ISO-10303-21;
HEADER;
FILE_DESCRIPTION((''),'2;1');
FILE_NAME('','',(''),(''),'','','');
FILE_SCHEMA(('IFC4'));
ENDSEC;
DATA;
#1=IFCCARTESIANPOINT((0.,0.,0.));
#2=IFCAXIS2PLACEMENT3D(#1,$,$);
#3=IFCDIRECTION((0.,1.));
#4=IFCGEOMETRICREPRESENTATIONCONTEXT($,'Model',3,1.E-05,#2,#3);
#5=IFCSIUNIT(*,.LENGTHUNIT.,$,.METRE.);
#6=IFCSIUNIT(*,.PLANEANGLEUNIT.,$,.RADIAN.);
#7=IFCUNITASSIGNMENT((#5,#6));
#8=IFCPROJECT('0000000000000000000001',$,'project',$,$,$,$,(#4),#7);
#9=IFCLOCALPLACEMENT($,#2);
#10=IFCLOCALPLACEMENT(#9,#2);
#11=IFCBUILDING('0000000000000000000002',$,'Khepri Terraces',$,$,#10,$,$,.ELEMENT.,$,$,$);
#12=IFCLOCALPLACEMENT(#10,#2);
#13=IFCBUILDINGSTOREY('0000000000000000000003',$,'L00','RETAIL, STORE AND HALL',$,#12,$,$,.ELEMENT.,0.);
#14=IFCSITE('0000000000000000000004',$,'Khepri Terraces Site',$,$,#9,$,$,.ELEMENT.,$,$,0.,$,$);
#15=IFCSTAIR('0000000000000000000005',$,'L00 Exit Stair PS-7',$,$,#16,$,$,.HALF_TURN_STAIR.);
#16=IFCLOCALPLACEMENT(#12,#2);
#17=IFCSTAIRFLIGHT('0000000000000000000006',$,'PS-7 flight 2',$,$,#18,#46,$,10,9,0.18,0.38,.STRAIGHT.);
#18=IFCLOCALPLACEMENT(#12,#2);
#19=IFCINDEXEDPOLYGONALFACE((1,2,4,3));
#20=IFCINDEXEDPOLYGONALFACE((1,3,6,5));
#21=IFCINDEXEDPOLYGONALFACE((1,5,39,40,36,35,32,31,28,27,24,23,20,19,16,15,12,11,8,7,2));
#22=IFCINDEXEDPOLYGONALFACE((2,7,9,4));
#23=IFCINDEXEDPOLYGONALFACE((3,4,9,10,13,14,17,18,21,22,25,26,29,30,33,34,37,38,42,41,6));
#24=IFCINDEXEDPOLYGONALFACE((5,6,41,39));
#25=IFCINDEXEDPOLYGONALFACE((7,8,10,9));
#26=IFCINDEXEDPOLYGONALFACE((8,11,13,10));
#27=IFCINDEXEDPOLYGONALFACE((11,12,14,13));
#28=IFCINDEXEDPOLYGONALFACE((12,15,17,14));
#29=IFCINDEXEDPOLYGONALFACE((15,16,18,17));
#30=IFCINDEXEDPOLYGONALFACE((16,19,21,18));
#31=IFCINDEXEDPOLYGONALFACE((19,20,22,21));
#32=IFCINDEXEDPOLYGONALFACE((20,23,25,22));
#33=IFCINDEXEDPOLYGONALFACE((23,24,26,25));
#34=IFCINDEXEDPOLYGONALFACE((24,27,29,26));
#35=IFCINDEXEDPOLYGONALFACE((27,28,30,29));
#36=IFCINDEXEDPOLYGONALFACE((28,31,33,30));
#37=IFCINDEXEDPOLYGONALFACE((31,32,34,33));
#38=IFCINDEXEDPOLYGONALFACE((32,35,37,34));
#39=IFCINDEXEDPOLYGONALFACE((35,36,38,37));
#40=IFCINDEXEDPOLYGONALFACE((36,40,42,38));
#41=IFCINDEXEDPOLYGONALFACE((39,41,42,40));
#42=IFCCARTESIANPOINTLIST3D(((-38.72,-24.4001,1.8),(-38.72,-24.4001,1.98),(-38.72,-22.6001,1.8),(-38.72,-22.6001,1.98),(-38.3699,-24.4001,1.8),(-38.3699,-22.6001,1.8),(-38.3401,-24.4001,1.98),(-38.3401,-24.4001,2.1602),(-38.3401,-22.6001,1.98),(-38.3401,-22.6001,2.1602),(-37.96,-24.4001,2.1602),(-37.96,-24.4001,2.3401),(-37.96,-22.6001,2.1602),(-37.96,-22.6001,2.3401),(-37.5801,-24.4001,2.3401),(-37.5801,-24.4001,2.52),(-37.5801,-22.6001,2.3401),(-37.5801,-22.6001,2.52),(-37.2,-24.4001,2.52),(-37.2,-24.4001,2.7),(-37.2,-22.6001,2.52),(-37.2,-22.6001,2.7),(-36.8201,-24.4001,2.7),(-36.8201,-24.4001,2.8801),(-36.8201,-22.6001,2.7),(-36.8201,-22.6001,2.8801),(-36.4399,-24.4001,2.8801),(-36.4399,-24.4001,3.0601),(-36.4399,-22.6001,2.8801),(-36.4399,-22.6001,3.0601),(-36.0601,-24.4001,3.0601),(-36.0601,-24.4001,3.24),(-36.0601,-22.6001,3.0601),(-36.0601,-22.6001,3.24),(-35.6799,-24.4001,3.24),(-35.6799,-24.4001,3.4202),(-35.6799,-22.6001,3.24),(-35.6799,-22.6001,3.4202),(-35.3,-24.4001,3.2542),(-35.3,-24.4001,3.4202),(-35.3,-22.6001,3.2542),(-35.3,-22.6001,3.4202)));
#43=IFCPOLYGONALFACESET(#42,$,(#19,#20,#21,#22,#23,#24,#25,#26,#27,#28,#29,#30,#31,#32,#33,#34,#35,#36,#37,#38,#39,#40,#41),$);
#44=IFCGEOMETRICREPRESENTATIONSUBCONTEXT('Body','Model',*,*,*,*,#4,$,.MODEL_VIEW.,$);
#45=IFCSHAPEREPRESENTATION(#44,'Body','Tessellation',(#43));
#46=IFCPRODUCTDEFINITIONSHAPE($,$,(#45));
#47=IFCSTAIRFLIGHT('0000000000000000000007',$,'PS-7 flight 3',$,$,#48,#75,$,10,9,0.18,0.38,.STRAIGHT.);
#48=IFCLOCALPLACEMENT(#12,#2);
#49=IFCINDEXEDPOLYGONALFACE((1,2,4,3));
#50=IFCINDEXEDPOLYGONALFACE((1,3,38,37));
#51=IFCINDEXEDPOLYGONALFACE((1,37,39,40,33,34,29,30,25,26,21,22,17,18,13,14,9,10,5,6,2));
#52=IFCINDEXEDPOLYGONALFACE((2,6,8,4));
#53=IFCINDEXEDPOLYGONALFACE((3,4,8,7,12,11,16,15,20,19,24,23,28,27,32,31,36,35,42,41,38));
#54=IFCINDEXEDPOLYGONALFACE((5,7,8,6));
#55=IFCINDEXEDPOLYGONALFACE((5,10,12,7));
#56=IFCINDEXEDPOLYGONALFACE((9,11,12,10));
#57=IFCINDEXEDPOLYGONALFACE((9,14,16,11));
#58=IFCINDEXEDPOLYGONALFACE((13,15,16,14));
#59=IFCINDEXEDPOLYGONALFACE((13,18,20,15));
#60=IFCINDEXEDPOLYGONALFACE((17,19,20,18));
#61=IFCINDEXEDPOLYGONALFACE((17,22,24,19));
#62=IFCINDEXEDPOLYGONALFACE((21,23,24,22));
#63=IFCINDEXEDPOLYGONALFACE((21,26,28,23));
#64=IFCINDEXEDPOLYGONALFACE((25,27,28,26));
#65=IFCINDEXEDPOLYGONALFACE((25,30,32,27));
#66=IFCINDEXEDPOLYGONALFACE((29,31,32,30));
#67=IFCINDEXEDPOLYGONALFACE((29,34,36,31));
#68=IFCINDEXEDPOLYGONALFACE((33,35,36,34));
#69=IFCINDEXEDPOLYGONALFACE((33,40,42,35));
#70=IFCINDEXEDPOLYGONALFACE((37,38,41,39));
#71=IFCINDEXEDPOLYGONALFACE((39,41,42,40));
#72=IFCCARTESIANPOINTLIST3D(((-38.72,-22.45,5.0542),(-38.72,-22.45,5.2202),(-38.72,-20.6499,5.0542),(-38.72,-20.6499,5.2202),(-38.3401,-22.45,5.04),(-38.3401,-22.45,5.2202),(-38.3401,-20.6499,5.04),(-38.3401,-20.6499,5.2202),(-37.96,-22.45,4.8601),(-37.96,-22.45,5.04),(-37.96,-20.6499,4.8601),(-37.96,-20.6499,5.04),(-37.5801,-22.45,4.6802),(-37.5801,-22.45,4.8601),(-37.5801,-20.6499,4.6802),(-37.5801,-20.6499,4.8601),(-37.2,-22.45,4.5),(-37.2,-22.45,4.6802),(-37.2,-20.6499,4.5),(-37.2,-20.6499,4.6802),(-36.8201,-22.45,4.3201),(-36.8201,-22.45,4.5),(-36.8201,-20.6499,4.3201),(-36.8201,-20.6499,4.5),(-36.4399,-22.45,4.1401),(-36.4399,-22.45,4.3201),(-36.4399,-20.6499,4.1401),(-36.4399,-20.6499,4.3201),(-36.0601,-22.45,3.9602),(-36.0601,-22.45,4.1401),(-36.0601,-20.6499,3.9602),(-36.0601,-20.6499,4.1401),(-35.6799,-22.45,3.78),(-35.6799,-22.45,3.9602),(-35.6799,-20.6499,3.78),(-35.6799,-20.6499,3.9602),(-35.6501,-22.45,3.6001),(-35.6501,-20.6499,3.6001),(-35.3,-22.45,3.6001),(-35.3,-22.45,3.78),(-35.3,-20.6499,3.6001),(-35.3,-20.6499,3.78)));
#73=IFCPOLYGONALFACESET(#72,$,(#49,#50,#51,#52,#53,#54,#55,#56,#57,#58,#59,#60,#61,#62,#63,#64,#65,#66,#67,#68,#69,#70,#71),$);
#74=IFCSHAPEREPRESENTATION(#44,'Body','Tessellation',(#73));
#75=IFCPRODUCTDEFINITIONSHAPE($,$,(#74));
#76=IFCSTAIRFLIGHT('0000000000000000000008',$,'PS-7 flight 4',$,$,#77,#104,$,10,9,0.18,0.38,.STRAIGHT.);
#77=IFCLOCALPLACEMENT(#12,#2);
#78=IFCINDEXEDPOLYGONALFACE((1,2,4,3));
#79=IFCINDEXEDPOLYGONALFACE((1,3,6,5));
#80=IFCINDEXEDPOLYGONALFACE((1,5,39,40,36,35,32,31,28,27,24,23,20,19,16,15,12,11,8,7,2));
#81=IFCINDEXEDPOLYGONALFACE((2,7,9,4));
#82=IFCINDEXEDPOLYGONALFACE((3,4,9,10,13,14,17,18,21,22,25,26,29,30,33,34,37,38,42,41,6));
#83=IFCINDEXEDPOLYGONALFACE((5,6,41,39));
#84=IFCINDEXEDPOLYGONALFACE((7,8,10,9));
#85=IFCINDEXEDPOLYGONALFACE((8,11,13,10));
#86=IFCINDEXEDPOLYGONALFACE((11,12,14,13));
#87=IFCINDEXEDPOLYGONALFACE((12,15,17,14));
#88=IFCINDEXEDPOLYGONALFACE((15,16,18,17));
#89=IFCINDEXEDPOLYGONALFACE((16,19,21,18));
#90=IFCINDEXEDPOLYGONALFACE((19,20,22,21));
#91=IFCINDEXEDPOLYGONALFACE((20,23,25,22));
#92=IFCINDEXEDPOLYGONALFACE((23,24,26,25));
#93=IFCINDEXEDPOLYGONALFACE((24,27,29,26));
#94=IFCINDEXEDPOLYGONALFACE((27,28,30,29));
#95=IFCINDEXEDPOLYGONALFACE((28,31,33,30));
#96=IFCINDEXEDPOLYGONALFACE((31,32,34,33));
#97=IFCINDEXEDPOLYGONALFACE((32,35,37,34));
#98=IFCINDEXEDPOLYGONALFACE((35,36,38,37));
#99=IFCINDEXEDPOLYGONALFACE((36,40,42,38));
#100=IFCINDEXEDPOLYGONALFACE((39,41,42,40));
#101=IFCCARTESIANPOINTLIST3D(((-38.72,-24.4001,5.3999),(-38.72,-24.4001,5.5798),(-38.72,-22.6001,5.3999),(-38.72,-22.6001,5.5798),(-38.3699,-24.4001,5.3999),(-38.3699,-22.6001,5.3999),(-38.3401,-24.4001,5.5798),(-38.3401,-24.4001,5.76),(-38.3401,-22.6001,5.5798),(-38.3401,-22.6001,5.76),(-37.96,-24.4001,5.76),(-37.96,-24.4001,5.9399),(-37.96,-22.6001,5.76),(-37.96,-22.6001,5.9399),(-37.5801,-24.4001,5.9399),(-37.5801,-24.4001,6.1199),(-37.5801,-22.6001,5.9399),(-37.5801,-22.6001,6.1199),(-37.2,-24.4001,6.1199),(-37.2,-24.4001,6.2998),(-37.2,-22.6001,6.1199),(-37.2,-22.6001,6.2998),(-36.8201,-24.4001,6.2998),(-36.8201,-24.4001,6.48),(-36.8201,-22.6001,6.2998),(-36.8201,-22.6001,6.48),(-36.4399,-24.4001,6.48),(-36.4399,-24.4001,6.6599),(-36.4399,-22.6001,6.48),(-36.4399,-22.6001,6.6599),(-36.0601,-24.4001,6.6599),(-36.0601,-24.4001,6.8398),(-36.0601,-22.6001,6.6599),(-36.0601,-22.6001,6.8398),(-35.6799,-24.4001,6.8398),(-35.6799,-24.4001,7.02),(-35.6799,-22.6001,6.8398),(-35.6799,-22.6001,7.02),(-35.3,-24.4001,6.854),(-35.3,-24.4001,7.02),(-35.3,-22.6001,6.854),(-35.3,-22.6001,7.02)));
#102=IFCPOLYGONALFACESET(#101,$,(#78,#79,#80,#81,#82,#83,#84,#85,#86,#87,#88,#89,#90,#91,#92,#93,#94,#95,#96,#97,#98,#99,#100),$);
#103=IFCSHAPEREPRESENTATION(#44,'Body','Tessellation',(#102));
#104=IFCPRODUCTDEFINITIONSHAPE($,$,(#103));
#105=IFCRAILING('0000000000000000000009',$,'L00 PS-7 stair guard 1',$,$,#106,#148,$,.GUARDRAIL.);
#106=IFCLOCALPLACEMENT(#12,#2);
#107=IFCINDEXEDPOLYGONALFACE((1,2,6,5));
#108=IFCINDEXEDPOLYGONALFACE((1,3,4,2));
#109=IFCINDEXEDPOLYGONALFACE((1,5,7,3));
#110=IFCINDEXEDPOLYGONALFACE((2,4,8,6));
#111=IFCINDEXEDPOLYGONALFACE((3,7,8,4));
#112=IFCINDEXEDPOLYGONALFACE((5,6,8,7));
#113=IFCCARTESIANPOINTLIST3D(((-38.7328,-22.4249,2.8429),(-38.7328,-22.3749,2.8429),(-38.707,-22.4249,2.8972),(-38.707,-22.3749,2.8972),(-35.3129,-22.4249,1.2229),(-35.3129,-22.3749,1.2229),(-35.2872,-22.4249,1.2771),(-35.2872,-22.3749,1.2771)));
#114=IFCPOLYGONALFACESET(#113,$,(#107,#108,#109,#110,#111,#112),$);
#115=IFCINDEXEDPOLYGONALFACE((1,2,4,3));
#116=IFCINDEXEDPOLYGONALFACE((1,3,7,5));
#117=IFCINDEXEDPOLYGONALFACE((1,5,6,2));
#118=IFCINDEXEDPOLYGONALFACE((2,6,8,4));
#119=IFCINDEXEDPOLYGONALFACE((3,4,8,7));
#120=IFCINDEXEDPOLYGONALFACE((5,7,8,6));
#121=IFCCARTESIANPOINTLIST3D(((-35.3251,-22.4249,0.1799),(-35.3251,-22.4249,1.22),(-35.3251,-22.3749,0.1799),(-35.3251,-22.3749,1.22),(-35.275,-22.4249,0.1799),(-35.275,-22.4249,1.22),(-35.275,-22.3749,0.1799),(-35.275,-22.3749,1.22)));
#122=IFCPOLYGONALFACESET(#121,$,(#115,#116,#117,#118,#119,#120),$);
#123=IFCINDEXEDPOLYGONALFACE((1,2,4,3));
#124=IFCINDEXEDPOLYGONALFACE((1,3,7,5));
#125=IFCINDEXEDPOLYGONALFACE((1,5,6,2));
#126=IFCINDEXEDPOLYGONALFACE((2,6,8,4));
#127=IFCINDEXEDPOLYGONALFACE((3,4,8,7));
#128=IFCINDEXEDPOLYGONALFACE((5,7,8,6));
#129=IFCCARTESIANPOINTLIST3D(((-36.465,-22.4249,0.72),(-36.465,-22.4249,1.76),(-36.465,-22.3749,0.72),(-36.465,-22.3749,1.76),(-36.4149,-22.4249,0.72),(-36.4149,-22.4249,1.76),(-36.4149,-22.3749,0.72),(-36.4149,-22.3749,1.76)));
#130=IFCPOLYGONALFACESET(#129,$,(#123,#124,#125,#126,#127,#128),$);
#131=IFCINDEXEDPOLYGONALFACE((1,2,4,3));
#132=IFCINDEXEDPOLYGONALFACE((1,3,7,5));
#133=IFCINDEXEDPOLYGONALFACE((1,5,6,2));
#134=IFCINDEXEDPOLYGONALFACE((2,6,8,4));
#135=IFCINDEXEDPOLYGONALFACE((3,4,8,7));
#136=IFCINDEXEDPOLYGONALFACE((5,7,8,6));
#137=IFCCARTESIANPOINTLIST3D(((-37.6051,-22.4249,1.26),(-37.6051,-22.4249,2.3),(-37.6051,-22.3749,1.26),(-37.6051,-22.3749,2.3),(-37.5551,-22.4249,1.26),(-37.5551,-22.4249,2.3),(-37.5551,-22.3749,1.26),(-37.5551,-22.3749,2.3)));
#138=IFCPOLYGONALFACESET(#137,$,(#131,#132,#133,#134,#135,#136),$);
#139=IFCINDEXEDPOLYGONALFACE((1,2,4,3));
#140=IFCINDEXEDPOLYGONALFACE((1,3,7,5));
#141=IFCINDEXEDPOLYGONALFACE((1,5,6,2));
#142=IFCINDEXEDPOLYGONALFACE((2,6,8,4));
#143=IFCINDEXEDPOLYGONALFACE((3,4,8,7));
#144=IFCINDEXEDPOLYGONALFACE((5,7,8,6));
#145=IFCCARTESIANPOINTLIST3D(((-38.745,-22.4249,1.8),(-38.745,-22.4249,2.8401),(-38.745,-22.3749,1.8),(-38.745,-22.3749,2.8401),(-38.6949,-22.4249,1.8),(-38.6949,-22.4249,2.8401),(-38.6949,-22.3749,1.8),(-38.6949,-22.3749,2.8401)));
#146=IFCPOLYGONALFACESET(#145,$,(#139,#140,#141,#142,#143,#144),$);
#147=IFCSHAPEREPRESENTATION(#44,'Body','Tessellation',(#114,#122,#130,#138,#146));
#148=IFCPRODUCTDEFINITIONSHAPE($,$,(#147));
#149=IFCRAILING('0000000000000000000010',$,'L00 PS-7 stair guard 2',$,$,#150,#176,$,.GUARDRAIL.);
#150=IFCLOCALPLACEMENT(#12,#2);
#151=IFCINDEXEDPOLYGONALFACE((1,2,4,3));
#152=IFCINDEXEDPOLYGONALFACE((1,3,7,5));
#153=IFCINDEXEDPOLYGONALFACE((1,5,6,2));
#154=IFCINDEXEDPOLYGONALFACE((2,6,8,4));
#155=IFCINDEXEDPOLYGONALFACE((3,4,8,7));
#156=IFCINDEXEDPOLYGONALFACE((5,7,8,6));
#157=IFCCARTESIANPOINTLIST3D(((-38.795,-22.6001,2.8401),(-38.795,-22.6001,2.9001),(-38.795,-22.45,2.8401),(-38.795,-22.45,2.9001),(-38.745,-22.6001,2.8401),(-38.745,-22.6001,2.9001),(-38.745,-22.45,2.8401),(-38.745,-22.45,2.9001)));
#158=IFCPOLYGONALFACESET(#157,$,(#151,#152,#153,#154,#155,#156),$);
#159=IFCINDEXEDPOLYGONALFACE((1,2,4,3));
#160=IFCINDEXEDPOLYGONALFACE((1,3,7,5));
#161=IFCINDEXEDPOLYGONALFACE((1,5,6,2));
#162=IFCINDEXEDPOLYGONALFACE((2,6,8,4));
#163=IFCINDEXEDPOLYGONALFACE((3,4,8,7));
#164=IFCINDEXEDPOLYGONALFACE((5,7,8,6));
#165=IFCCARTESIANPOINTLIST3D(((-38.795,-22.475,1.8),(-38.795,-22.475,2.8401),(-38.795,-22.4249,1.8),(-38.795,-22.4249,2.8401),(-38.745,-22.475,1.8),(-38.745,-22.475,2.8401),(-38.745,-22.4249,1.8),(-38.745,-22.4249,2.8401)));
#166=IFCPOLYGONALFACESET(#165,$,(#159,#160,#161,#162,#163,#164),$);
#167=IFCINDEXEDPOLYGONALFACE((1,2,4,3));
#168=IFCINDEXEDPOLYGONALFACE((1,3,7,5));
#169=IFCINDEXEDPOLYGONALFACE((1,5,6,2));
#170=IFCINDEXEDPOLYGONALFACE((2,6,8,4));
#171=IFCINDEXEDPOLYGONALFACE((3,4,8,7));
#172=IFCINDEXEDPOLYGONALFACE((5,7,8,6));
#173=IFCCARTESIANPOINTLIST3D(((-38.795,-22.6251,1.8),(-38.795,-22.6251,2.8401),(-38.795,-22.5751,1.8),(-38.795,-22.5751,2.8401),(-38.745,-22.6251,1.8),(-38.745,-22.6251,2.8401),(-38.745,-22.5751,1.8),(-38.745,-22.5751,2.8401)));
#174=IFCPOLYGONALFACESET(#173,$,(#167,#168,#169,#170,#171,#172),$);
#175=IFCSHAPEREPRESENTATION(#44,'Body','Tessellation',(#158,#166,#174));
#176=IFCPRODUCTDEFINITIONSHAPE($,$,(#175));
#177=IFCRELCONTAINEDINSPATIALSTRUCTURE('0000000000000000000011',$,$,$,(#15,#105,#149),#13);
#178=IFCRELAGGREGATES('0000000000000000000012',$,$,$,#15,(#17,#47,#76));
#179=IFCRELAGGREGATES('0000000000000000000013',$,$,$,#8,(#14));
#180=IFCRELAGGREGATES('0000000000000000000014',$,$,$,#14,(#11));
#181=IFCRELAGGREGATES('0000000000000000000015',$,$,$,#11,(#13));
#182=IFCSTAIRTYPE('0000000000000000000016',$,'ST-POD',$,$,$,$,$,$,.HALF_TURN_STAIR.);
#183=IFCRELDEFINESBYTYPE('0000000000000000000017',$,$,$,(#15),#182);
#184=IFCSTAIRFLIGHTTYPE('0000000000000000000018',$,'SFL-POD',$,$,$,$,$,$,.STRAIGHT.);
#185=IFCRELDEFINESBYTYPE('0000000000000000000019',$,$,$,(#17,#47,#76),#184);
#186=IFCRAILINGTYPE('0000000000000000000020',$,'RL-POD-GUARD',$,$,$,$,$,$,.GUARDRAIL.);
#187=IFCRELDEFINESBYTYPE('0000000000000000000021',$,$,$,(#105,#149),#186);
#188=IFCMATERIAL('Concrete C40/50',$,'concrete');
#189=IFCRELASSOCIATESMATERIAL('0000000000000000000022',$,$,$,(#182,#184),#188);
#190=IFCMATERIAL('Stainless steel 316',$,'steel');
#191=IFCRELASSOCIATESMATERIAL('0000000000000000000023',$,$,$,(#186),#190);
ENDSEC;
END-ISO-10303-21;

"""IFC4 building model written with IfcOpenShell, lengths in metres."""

from ifc_helpers import new_model, si_unit, direction, frame, origin, origin_2d, place, context, subcontext, project, spatial, polyline, rectangle, outline, extrude, material, type_object, element, aggregate, save


model = new_model("IFC4")

# Units and contexts
model_context = context("Model", 3, precision=1e-05, world=origin(), true_north=direction((0.0, 1.0)))
body_context = subcontext(model_context, "Body", "Model", "MODEL_VIEW")
ifc_project = project(units=[si_unit("LENGTHUNIT", "METRE"), si_unit("PLANEANGLEUNIT", "RADIAN")], contexts=[model_context])

# Site, building, storey
site_placement = place(None, origin())
site = spatial("IfcSite", under=ifc_project, at=site_placement, Name="Khepri Terraces Site", CompositionType="ELEMENT", RefElevation=0.0)
building_placement = place(site_placement, origin())
building = spatial("IfcBuilding", under=site, at=building_placement, Name="Khepri Terraces", CompositionType="ELEMENT")
storey_placement = place(building_placement, origin())
storey = spatial("IfcBuildingStorey", under=building, at=storey_placement, Name="L00", Description="RETAIL, STORE AND HALL", CompositionType="ELEMENT", Elevation=0.0)

# Shared definitions
ifc_material_1 = material(Name="Concrete C40/50", Category="concrete")

# Stair, stair flights
stair_type = type_object("IfcStairType", Name="ST-POD", PredefinedType="HALF_TURN_STAIR", material=ifc_material_1)
stair_placement = place(storey_placement, origin())
stair = element("IfcStair", 1, at=stair_placement, inside=storey, type_object=stair_type, Name="L00 Exit Stair PS-7", PredefinedType="HALF_TURN_STAIR")
stair_flight_type = type_object("IfcStairFlightType", Name="SFL-POD", PredefinedType="STRAIGHT", material=ifc_material_1)
stair_flight_1_placement = place(storey_placement, frame((-38.72, -23.5, 1.8), z_axis=(0.0, 0.0, 1.0), x_axis=(1.0, 0.0, 0.0)))
stair_flight_1 = element("IfcStairFlight", 2, at=stair_flight_1_placement, type_object=stair_flight_type, Name="PS-7 flight 2", NumberOfRisers=10, NumberOfTreads=9, PredefinedType="STRAIGHT", RiserHeight=0.18, TreadLength=0.38, context=body_context, shape_type="SweptSolid", body=[
    extrude(outline(polyline([(0.0, 0.0), (0.0, 0.1799), (0.3799, 0.1799), (0.3799, 0.3601), (0.76, 0.3601), (0.76, 0.54), (1.1399, 0.54), (1.1399, 0.72), (1.52, 0.72), (1.52, 0.8999), (1.8999, 0.8999), (1.8999, 1.0801), (2.28, 1.0801), (2.28, 1.26), (2.6599, 1.26), (2.6599, 1.4399), (3.04, 1.4399), (3.04, 1.6201), (3.4199, 1.6201), (3.4199, 1.8), (3.4199, 1.4541), (0.3501, 0.0), (0.0, 0.0)])), frame((0.0, 0.8999, 0.0), z_axis=(0.0, -1.0, 0.0), x_axis=(1.0, 0.0, 0.0)), (0.0, 0.0, 1.0), 1.8),
])
stair_flight_2_placement = place(storey_placement, frame((-35.3, -21.55, 3.6001), z_axis=(0.0, 0.0, 1.0), x_axis=(-1.0, 0.0, 0.0)))
stair_flight_2 = element("IfcStairFlight", 3, at=stair_flight_2_placement, type_object=stair_flight_type, Name="PS-7 flight 3", NumberOfRisers=10, NumberOfTreads=9, PredefinedType="STRAIGHT", RiserHeight=0.18, TreadLength=0.38, context=body_context, shape_type="SweptSolid", body=[
    extrude(outline(polyline([(0.0, 0.0), (0.0, 0.1799), (0.3799, 0.1799), (0.3799, 0.3601), (0.76, 0.3601), (0.76, 0.54), (1.1399, 0.54), (1.1399, 0.72), (1.52, 0.72), (1.52, 0.8999), (1.8999, 0.8999), (1.8999, 1.0801), (2.28, 1.0801), (2.28, 1.26), (2.6599, 1.26), (2.6599, 1.4399), (3.04, 1.4399), (3.04, 1.6201), (3.4199, 1.6201), (3.4199, 1.8), (3.4199, 1.4541), (0.3501, 0.0), (0.0, 0.0)])), frame((0.0, 0.8999, 0.0), z_axis=(0.0, -1.0, 0.0), x_axis=(1.0, 0.0, 0.0)), (0.0, 0.0, 1.0), 1.8),
])
stair_flight_3_placement = place(storey_placement, frame((-38.72, -23.5, 5.3999), z_axis=(0.0, 0.0, 1.0), x_axis=(1.0, 0.0, 0.0)))
stair_flight_3 = element("IfcStairFlight", 4, at=stair_flight_3_placement, type_object=stair_flight_type, Name="PS-7 flight 4", NumberOfRisers=10, NumberOfTreads=9, PredefinedType="STRAIGHT", RiserHeight=0.18, TreadLength=0.38, context=body_context, shape_type="SweptSolid", body=[
    extrude(outline(polyline([(0.0, 0.0), (0.0, 0.1799), (0.3799, 0.1799), (0.3799, 0.3601), (0.76, 0.3601), (0.76, 0.54), (1.1399, 0.54), (1.1399, 0.72), (1.52, 0.72), (1.52, 0.8999), (1.8999, 0.8999), (1.8999, 1.0801), (2.28, 1.0801), (2.28, 1.26), (2.6599, 1.26), (2.6599, 1.4399), (3.04, 1.4399), (3.04, 1.6201), (3.4199, 1.6201), (3.4199, 1.8), (3.4199, 1.4541), (0.3501, 0.0), (0.0, 0.0)])), frame((0.0, 0.8999, 0.0), z_axis=(0.0, -1.0, 0.0), x_axis=(1.0, 0.0, 0.0)), (0.0, 0.0, 1.0), 1.8),
])
aggregate(stair, [stair_flight_1, stair_flight_2, stair_flight_3])

# Railings
ifc_material_2 = material(Name="Stainless steel 316", Category="steel")
railing_type_1 = type_object("IfcRailingType", Name="RL-POD-GUARD", PredefinedType="GUARDRAIL", material=ifc_material_2)
railing_1_placement = place(storey_placement, frame((-35.3, -22.3999, 0.1799)))
element("IfcRailing", 5, at=railing_1_placement, inside=storey, type_object=railing_type_1, Name="L00 PS-7 stair guard 1", PredefinedType="GUARDRAIL", context=body_context, shape_type="SweptSolid", body=[
    extrude(rectangle(XDim=0.05, YDim=0.0601, at=origin_2d()), frame((0.0, 0.0, 1.0701), z_axis=(-0.903722, 0.0, 0.42812), x_axis=(0.0, -1.0, 0.0)), (0.0, 0.0, 1.0), 3.7842),
    extrude(rectangle(XDim=0.05, YDim=0.05, at=origin_2d()), origin(), (0.0, 0.0, 1.0), 1.04),
    extrude(rectangle(XDim=0.05, YDim=0.05, at=origin_2d()), frame((-1.1399, 0.0, 0.54)), (0.0, 0.0, 1.0), 1.04),
    extrude(rectangle(XDim=0.05, YDim=0.05, at=origin_2d()), frame((-2.28, 0.0, 1.0801)), (0.0, 0.0, 1.0), 1.04),
    extrude(rectangle(XDim=0.05, YDim=0.05, at=origin_2d()), frame((-3.4199, 0.0, 1.6201)), (0.0, 0.0, 1.0), 1.04),
])
railing_2_placement = place(storey_placement, frame((-38.77, -22.45, 1.8)))
element("IfcRailing", 6, at=railing_2_placement, inside=storey, type_object=railing_type_1, Name="L00 PS-7 stair guard 2", PredefinedType="GUARDRAIL", context=body_context, shape_type="SweptSolid", body=[
    extrude(rectangle(XDim=0.05, YDim=0.0601, at=origin_2d()), frame((0.0, 0.0, 1.0701), z_axis=(0.0, -1.0, 0.0), x_axis=(1.0, 0.0, 0.0)), (0.0, 0.0, 1.0), 0.1501),
    extrude(rectangle(XDim=0.05, YDim=0.05, at=origin_2d()), origin(), (0.0, 0.0, 1.0), 1.04),
    extrude(rectangle(XDim=0.05, YDim=0.05, at=origin_2d()), frame((0.0, -0.1501, 0.0)), (0.0, 0.0, 1.0), 1.04),
])

save(model, "model.ifc")
